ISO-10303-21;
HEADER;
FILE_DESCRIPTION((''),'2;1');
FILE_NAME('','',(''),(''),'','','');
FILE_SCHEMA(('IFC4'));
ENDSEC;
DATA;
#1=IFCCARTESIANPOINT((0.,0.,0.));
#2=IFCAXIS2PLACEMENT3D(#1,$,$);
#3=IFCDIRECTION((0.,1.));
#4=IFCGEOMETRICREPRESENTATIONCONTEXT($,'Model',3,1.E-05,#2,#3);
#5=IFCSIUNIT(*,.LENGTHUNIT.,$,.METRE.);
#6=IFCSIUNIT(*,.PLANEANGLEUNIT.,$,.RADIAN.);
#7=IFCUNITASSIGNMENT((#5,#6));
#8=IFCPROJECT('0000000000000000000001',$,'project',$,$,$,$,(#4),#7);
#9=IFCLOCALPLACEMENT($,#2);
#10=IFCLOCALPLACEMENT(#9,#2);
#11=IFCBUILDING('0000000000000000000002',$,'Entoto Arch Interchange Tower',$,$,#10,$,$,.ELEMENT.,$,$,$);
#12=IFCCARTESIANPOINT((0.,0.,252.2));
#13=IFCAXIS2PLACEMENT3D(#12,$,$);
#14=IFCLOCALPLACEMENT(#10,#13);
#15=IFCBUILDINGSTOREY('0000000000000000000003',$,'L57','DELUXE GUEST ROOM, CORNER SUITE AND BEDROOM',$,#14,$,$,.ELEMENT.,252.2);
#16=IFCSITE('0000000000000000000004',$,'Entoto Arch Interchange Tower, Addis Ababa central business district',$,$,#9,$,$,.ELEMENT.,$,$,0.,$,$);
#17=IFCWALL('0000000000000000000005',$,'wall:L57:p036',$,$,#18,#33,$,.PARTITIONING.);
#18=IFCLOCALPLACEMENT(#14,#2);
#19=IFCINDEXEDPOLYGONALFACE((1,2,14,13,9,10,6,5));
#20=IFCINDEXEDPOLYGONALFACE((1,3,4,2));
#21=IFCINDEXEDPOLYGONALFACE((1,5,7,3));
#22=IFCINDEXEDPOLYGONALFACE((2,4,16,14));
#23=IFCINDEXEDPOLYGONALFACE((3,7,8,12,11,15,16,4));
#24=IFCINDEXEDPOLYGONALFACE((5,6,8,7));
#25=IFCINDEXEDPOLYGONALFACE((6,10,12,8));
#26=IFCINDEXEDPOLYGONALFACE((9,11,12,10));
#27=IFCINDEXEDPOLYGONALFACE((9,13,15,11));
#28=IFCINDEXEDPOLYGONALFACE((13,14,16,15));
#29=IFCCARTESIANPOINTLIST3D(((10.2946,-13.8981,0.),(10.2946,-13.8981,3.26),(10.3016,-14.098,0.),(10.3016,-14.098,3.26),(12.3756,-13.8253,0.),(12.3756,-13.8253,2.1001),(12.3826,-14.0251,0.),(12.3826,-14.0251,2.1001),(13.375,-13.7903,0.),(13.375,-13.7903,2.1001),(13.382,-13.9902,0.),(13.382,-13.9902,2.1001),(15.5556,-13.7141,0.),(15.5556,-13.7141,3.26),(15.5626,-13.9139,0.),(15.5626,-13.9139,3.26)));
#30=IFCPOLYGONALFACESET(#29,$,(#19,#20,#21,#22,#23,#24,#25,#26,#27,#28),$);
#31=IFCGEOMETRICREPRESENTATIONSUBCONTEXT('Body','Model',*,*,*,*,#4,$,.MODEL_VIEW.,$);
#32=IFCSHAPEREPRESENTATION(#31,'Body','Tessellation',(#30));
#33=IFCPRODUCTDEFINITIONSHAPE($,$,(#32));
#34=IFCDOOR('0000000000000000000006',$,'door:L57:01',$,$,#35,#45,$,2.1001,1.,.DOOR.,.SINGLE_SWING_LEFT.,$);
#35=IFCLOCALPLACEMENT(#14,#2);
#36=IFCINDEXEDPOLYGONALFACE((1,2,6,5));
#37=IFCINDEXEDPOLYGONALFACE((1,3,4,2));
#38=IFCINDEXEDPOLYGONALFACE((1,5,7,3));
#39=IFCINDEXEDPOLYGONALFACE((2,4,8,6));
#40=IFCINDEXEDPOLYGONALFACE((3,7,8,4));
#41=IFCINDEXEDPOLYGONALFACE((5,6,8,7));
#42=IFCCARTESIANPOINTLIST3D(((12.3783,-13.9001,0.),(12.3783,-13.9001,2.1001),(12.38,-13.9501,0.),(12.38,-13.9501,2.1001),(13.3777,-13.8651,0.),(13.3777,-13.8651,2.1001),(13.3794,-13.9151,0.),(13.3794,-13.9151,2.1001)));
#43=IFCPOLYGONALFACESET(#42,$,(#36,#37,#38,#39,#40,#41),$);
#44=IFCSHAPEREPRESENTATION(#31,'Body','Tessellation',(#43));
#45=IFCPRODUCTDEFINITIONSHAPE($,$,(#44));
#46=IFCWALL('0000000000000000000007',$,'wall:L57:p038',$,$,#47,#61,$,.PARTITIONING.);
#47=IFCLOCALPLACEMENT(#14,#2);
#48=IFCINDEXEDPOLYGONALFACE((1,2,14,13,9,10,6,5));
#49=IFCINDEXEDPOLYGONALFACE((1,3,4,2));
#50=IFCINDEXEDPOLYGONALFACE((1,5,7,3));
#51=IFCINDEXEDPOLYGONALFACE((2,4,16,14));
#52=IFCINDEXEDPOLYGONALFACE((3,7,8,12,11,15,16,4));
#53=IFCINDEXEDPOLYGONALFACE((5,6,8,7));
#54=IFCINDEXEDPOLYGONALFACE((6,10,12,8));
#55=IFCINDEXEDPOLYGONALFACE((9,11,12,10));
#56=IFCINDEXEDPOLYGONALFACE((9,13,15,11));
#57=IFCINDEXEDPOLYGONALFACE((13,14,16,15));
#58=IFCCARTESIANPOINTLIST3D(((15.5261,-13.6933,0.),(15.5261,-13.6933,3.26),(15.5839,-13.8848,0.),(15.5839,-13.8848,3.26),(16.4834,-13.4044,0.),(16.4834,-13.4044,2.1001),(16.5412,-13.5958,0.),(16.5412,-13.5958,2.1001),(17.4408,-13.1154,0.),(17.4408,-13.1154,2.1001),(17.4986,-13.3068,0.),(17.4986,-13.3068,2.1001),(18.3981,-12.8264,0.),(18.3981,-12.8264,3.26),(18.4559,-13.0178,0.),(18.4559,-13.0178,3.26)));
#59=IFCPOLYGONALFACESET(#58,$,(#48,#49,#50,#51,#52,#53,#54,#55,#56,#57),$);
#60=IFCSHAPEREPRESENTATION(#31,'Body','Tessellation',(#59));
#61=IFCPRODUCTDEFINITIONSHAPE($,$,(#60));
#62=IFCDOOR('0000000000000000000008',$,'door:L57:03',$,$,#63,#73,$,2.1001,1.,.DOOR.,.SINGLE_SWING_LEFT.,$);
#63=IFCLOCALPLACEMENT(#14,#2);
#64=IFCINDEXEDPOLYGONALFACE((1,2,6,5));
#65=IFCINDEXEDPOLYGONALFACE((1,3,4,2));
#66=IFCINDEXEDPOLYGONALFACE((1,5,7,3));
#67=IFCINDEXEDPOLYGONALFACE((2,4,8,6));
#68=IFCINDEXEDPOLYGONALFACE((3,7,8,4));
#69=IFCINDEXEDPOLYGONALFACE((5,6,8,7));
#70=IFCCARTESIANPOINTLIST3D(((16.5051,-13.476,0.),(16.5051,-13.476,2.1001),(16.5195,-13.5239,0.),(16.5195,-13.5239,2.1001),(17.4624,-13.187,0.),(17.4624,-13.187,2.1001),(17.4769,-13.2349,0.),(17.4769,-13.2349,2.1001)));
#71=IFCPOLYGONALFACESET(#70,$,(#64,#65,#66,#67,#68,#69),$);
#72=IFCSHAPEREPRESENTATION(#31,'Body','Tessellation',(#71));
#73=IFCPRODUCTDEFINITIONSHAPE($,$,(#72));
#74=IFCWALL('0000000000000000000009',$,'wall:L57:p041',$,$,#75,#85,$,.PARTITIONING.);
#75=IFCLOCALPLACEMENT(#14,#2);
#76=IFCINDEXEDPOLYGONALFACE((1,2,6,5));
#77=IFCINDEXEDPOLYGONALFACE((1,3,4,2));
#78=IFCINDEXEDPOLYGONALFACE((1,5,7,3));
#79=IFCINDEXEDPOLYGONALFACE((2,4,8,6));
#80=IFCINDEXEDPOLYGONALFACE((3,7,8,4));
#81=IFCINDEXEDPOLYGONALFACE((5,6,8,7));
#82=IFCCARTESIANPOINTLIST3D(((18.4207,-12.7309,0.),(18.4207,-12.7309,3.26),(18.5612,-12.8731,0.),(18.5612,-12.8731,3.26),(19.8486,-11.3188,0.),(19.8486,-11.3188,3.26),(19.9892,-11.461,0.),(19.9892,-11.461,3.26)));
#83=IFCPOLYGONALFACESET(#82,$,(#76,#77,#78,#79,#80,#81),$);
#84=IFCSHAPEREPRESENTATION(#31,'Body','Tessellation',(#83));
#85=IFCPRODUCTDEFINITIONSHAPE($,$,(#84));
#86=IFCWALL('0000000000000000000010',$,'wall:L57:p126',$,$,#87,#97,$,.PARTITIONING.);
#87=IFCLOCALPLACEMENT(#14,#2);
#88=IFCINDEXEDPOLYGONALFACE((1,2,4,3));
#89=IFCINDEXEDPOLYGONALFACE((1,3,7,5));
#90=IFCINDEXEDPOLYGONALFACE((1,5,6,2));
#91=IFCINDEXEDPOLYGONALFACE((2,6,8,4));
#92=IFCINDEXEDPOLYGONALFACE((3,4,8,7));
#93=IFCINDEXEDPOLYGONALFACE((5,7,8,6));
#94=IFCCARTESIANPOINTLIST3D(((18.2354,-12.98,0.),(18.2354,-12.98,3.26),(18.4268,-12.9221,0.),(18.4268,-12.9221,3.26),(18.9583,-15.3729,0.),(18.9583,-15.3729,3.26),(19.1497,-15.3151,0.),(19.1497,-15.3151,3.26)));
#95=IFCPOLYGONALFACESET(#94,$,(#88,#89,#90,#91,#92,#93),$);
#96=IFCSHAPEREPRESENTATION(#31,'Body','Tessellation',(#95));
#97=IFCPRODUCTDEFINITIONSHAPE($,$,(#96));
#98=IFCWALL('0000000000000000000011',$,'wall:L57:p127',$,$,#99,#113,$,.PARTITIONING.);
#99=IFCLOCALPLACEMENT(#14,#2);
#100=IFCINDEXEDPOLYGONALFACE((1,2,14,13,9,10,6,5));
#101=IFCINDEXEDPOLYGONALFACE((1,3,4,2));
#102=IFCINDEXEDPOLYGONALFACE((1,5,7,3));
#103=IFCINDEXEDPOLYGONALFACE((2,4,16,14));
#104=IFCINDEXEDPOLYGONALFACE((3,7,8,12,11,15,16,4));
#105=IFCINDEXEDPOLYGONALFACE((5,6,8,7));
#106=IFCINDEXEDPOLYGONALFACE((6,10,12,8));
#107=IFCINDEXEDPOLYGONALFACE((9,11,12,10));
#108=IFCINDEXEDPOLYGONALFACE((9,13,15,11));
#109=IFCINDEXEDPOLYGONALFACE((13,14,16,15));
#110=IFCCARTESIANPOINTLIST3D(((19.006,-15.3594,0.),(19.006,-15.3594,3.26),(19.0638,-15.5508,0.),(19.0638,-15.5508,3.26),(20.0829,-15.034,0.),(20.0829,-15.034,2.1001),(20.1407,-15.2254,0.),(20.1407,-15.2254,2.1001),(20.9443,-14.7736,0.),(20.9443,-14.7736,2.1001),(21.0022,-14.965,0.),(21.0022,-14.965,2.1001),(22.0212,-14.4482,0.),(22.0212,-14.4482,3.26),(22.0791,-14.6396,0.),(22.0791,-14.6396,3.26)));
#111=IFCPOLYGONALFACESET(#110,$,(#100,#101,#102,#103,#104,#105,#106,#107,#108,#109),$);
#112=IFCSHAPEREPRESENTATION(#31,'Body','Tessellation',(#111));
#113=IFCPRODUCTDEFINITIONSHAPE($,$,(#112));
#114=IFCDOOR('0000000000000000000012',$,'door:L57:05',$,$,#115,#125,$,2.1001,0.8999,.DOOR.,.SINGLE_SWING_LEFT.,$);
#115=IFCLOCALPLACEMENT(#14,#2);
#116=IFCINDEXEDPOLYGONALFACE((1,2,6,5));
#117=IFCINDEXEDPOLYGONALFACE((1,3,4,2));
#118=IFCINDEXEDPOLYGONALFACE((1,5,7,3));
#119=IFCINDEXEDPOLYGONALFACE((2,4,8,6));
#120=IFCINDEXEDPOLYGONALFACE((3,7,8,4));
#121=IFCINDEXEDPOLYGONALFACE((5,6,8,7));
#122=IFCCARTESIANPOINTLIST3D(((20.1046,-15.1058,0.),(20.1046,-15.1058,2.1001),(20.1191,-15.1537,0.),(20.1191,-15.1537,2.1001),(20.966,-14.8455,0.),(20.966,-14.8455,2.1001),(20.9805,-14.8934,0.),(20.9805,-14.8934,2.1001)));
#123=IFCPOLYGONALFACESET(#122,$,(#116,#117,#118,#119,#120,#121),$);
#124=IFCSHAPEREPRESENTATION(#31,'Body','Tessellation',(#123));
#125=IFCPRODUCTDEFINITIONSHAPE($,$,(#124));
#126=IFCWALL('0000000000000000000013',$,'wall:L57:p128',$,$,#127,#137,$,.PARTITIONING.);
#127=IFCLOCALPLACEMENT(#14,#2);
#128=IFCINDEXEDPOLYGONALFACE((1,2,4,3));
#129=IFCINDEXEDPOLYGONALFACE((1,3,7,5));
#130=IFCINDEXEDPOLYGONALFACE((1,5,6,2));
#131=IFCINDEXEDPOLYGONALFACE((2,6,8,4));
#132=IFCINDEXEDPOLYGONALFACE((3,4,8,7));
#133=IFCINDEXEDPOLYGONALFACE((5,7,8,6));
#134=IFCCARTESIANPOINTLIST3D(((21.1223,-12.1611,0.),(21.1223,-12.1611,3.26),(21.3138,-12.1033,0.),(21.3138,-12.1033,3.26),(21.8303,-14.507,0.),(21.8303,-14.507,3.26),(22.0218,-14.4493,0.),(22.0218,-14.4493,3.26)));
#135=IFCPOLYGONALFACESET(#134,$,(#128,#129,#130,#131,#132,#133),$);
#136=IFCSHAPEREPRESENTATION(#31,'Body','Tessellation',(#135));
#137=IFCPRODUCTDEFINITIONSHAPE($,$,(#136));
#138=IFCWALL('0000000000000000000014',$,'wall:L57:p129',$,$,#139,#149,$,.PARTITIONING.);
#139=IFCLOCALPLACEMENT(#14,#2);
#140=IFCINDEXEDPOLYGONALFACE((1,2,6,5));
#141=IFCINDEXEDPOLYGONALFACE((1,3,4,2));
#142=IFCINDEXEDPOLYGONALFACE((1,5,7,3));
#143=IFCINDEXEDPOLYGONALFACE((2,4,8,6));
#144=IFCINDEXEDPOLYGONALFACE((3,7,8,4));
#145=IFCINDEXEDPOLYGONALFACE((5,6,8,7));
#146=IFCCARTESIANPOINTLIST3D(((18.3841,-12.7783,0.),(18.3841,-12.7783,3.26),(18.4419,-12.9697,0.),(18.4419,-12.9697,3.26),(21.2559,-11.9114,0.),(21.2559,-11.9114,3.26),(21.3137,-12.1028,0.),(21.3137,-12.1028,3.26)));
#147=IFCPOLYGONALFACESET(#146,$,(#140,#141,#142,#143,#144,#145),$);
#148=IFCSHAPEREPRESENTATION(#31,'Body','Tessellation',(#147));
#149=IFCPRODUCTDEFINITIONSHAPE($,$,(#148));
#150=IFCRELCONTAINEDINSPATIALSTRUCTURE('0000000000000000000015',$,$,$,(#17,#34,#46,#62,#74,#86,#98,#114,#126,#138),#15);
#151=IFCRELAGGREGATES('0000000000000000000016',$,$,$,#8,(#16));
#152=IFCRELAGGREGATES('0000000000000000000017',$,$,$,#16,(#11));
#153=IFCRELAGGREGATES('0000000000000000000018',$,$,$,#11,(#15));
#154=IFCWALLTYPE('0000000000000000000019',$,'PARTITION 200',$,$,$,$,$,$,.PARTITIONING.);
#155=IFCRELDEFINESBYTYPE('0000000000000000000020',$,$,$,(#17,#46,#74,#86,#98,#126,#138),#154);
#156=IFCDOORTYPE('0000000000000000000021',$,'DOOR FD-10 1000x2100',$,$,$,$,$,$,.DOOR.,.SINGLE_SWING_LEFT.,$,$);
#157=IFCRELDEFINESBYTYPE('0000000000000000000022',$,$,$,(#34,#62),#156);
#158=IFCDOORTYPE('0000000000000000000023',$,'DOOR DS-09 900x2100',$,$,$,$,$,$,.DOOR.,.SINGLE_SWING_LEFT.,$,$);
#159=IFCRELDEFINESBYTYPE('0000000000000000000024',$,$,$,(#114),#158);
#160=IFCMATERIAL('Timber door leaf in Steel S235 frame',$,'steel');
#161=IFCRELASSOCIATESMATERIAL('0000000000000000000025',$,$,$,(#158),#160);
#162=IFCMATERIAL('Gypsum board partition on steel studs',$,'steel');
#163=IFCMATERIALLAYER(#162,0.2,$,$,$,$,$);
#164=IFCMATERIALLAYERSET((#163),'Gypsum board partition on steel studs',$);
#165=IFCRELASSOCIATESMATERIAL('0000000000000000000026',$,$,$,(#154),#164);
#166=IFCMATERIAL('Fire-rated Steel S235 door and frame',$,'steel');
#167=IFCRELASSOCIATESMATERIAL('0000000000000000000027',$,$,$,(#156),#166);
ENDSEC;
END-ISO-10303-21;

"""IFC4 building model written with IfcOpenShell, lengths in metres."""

from ifc_helpers import new_model, si_unit, direction, frame, frame_2d, origin, place, context, subcontext, project, spatial, rectangle, extrude, material, layer, layer_set, type_object, element, fill, save


model = new_model("IFC4")

# Units and contexts
model_context = context("Model", 3, precision=1e-05, world=origin(), true_north=direction((0.0, 1.0)))
body_context = subcontext(model_context, "Body", "Model", "MODEL_VIEW")
ifc_project = project(units=[si_unit("LENGTHUNIT", "METRE"), si_unit("PLANEANGLEUNIT", "RADIAN")], contexts=[model_context])

# Site, building, storey
site_placement = place(None, origin())
site = spatial("IfcSite", under=ifc_project, at=site_placement, Name="Entoto Arch Interchange Tower, Addis Ababa central business district", CompositionType="ELEMENT", RefElevation=0.0)
building_placement = place(site_placement, origin())
building = spatial("IfcBuilding", under=site, at=building_placement, Name="Entoto Arch Interchange Tower", CompositionType="ELEMENT")
storey_placement = place(building_placement, frame((0.0, 0.0, 252.2)))
storey = spatial("IfcBuildingStorey", under=building, at=storey_placement, Name="L57", Description="DELUXE GUEST ROOM, CORNER SUITE AND BEDROOM", CompositionType="ELEMENT", Elevation=252.2)

# Shared definitions
ifc_material_1 = material(Name="Gypsum board partition on steel studs", Category="steel")
ifc_material_2 = material(Name="Timber door leaf in Steel S235 frame", Category="steel")
door_type_1 = type_object("IfcDoorType", Name="DOOR DS-09 900x2100", OperationType="SINGLE_SWING_LEFT", PredefinedType="DOOR", material=ifc_material_2)

# Shared definitions
ifc_layer_1 = layer(ifc_material_1, 0.2)
ifc_layer_set_1 = layer_set([ifc_layer_1], Name="Gypsum board partition on steel studs")
wall_type_1 = type_object("IfcWallType", Name="PARTITION 200", PredefinedType="PARTITIONING", material=ifc_layer_set_1)

# Walls, openings, doors
wall_1_placement = place(storey_placement, frame((15.5591, -13.814, 0.0), z_axis=(0.0, 0.0, 1.0), x_axis=(-0.999388, -0.034969, 0.0)))
wall_1 = element("IfcWall", 1, at=wall_1_placement, inside=storey, type_object=wall_type_1, Name="wall:L57:p036", PredefinedType="PARTITIONING", context=body_context, shape_type="SweptSolid", body=[
    extrude(rectangle(XDim=5.2642, YDim=0.2, at=frame_2d((2.6321, 0.0))), origin(), (0.0, 0.0, 1.0), 3.26),
])
opening_1_placement = place(wall_1_placement, frame((2.1819, 0.0, 0.0)))
opening_1 = element("IfcOpeningElement", 2, at=opening_1_placement, cuts=wall_1, PredefinedType="OPENING", context=body_context, shape_type="SweptSolid", body=[
    extrude(rectangle(XDim=1.0, YDim=2.1001, at=frame_2d((0.5, 1.05))), frame((0.0, 0.1099, 0.0), z_axis=(0.0, -1.0, 0.0), x_axis=(1.0, 0.0, 0.0)), (0.0, 0.0, 1.0), 0.22),
])
ifc_material_3 = material(Name="Fire-rated Steel S235 door and frame", Category="steel")
door_type_2 = type_object("IfcDoorType", Name="DOOR FD-10 1000x2100", OperationType="SINGLE_SWING_LEFT", PredefinedType="DOOR", material=ifc_material_3)
door_1_placement = place(opening_1_placement, origin())
door_1 = element("IfcDoor", 3, at=door_1_placement, inside=storey, type_object=door_type_2, Name="door:L57:01", OperationType="SINGLE_SWING_LEFT", OverallHeight=2.1001, OverallWidth=1.0, PredefinedType="DOOR", context=body_context, shape_type="SweptSolid", body=[
    extrude(rectangle(XDim=1.0, YDim=2.1001, at=frame_2d((0.5, 1.05))), frame((0.0, 0.0249, 0.0), z_axis=(0.0, -1.0, 0.0), x_axis=(1.0, 0.0, 0.0)), (0.0, 0.0, 1.0), 0.05),
])
fill(opening_1, door_1)
wall_2_placement = place(storey_placement, frame((18.427, -12.9221, 0.0), z_axis=(0.0, 0.0, 1.0), x_axis=(-0.957337, -0.288975, 0.0)))
wall_2 = element("IfcWall", 4, at=wall_2_placement, inside=storey, type_object=wall_type_1, Name="wall:L57:p038", PredefinedType="PARTITIONING", context=body_context, shape_type="SweptSolid", body=[
    extrude(rectangle(XDim=3.0, YDim=0.2, at=frame_2d((1.5, 0.0))), origin(), (0.0, 0.0, 1.0), 3.26),
])
opening_2_placement = place(wall_2_placement, frame((1.0, 0.0, 0.0)))
opening_2 = element("IfcOpeningElement", 5, at=opening_2_placement, cuts=wall_2, PredefinedType="OPENING", context=body_context, shape_type="SweptSolid", body=[
    extrude(rectangle(XDim=1.0, YDim=2.1001, at=frame_2d((0.5, 1.05))), frame((0.0, 0.1099, 0.0), z_axis=(0.0, -1.0, 0.0), x_axis=(1.0, 0.0, 0.0)), (0.0, 0.0, 1.0), 0.22),
])
door_2_placement = place(opening_2_placement, origin())
door_2 = element("IfcDoor", 6, at=door_2_placement, inside=storey, type_object=door_type_2, Name="door:L57:03", OperationType="SINGLE_SWING_LEFT", OverallHeight=2.1001, OverallWidth=1.0, PredefinedType="DOOR", context=body_context, shape_type="SweptSolid", body=[
    extrude(rectangle(XDim=1.0, YDim=2.1001, at=frame_2d((0.5, 1.05))), frame((0.0, 0.0249, 0.0), z_axis=(0.0, -1.0, 0.0), x_axis=(1.0, 0.0, 0.0)), (0.0, 0.0, 1.0), 0.05),
])
fill(opening_2, door_2)

# Walls
wall_3_placement = place(storey_placement, frame((19.9189, -11.3899, 0.0), z_axis=(0.0, 0.0, 1.0), x_axis=(-0.711047, -0.703145, 0.0)))
element("IfcWall", 7, at=wall_3_placement, inside=storey, type_object=wall_type_1, Name="wall:L57:p041", PredefinedType="PARTITIONING", context=body_context, shape_type="SweptSolid", body=[
    extrude(rectangle(XDim=2.0083, YDim=0.2, at=frame_2d((1.0042, 0.0))), origin(), (0.0, 0.0, 1.0), 3.26),
])
wall_4_placement = place(storey_placement, frame((18.3311, -12.9509, 0.0), z_axis=(0.0, 0.0, 1.0), x_axis=(0.289175, -0.957276, 0.0)))
element("IfcWall", 8, at=wall_4_placement, inside=storey, type_object=wall_type_1, Name="wall:L57:p126", PredefinedType="PARTITIONING", context=body_context, shape_type="SweptSolid", body=[
    extrude(rectangle(XDim=2.4998, YDim=0.2, at=frame_2d((1.25, 0.0))), origin(), (0.0, 0.0, 1.0), 3.26),
])

# Wall, opening, door
wall_5_placement = place(storey_placement, frame((19.0349, -15.4551, 0.0), z_axis=(0.0, 0.0, 1.0), x_axis=(0.957248, 0.289267, 0.0)))
wall_5 = element("IfcWall", 9, at=wall_5_placement, inside=storey, type_object=wall_type_1, Name="wall:L57:p127", PredefinedType="PARTITIONING", context=body_context, shape_type="SweptSolid", body=[
    extrude(rectangle(XDim=3.1499, YDim=0.2, at=frame_2d((1.575, 0.0))), origin(), (0.0, 0.0, 1.0), 3.26),
])
opening_3_placement = place(wall_5_placement, frame((1.125, 0.0, 0.0)))
opening_3 = element("IfcOpeningElement", 10, at=opening_3_placement, cuts=wall_5, PredefinedType="OPENING", context=body_context, shape_type="SweptSolid", body=[
    extrude(rectangle(XDim=0.8999, YDim=2.1001, at=frame_2d((0.45, 1.05))), frame((0.0, 0.1099, 0.0), z_axis=(0.0, -1.0, 0.0), x_axis=(1.0, 0.0, 0.0)), (0.0, 0.0, 1.0), 0.22),
])
door_3_placement = place(opening_3_placement, origin())
door_3 = element("IfcDoor", 11, at=door_3_placement, inside=storey, type_object=door_type_1, Name="door:L57:05", OperationType="SINGLE_SWING_LEFT", OverallHeight=2.1001, OverallWidth=0.8999, PredefinedType="DOOR", context=body_context, shape_type="SweptSolid", body=[
    extrude(rectangle(XDim=0.8999, YDim=2.1001, at=frame_2d((0.45, 1.05))), frame((0.0, 0.0249, 0.0), z_axis=(0.0, -1.0, 0.0), x_axis=(1.0, 0.0, 0.0)), (0.0, 0.0, 1.0), 0.05),
])
fill(opening_3, door_3)

# Walls
wall_6_placement = place(storey_placement, frame((21.926, -14.478, 0.0), z_axis=(0.0, 0.0, 1.0), x_axis=(-0.288929, 0.957351, 0.0)))
element("IfcWall", 12, at=wall_6_placement, inside=storey, type_object=wall_type_1, Name="wall:L57:p128", PredefinedType="PARTITIONING", context=body_context, shape_type="SweptSolid", body=[
    extrude(rectangle(XDim=2.4504, YDim=0.2, at=frame_2d((1.2251, 0.0))), origin(), (0.0, 0.0, 1.0), 3.26),
])
wall_7_placement = place(storey_placement, frame((21.2849, -12.0071, 0.0), z_axis=(0.0, 0.0, 1.0), x_axis=(-0.95733, -0.288998, 0.0)))
element("IfcWall", 13, at=wall_7_placement, inside=storey, type_object=wall_type_1, Name="wall:L57:p129", PredefinedType="PARTITIONING", context=body_context, shape_type="SweptSolid", body=[
    extrude(rectangle(XDim=2.9998, YDim=0.2, at=frame_2d((1.5, 0.0))), origin(), (0.0, 0.0, 1.0), 3.26),
])

save(model, "model.ifc")
